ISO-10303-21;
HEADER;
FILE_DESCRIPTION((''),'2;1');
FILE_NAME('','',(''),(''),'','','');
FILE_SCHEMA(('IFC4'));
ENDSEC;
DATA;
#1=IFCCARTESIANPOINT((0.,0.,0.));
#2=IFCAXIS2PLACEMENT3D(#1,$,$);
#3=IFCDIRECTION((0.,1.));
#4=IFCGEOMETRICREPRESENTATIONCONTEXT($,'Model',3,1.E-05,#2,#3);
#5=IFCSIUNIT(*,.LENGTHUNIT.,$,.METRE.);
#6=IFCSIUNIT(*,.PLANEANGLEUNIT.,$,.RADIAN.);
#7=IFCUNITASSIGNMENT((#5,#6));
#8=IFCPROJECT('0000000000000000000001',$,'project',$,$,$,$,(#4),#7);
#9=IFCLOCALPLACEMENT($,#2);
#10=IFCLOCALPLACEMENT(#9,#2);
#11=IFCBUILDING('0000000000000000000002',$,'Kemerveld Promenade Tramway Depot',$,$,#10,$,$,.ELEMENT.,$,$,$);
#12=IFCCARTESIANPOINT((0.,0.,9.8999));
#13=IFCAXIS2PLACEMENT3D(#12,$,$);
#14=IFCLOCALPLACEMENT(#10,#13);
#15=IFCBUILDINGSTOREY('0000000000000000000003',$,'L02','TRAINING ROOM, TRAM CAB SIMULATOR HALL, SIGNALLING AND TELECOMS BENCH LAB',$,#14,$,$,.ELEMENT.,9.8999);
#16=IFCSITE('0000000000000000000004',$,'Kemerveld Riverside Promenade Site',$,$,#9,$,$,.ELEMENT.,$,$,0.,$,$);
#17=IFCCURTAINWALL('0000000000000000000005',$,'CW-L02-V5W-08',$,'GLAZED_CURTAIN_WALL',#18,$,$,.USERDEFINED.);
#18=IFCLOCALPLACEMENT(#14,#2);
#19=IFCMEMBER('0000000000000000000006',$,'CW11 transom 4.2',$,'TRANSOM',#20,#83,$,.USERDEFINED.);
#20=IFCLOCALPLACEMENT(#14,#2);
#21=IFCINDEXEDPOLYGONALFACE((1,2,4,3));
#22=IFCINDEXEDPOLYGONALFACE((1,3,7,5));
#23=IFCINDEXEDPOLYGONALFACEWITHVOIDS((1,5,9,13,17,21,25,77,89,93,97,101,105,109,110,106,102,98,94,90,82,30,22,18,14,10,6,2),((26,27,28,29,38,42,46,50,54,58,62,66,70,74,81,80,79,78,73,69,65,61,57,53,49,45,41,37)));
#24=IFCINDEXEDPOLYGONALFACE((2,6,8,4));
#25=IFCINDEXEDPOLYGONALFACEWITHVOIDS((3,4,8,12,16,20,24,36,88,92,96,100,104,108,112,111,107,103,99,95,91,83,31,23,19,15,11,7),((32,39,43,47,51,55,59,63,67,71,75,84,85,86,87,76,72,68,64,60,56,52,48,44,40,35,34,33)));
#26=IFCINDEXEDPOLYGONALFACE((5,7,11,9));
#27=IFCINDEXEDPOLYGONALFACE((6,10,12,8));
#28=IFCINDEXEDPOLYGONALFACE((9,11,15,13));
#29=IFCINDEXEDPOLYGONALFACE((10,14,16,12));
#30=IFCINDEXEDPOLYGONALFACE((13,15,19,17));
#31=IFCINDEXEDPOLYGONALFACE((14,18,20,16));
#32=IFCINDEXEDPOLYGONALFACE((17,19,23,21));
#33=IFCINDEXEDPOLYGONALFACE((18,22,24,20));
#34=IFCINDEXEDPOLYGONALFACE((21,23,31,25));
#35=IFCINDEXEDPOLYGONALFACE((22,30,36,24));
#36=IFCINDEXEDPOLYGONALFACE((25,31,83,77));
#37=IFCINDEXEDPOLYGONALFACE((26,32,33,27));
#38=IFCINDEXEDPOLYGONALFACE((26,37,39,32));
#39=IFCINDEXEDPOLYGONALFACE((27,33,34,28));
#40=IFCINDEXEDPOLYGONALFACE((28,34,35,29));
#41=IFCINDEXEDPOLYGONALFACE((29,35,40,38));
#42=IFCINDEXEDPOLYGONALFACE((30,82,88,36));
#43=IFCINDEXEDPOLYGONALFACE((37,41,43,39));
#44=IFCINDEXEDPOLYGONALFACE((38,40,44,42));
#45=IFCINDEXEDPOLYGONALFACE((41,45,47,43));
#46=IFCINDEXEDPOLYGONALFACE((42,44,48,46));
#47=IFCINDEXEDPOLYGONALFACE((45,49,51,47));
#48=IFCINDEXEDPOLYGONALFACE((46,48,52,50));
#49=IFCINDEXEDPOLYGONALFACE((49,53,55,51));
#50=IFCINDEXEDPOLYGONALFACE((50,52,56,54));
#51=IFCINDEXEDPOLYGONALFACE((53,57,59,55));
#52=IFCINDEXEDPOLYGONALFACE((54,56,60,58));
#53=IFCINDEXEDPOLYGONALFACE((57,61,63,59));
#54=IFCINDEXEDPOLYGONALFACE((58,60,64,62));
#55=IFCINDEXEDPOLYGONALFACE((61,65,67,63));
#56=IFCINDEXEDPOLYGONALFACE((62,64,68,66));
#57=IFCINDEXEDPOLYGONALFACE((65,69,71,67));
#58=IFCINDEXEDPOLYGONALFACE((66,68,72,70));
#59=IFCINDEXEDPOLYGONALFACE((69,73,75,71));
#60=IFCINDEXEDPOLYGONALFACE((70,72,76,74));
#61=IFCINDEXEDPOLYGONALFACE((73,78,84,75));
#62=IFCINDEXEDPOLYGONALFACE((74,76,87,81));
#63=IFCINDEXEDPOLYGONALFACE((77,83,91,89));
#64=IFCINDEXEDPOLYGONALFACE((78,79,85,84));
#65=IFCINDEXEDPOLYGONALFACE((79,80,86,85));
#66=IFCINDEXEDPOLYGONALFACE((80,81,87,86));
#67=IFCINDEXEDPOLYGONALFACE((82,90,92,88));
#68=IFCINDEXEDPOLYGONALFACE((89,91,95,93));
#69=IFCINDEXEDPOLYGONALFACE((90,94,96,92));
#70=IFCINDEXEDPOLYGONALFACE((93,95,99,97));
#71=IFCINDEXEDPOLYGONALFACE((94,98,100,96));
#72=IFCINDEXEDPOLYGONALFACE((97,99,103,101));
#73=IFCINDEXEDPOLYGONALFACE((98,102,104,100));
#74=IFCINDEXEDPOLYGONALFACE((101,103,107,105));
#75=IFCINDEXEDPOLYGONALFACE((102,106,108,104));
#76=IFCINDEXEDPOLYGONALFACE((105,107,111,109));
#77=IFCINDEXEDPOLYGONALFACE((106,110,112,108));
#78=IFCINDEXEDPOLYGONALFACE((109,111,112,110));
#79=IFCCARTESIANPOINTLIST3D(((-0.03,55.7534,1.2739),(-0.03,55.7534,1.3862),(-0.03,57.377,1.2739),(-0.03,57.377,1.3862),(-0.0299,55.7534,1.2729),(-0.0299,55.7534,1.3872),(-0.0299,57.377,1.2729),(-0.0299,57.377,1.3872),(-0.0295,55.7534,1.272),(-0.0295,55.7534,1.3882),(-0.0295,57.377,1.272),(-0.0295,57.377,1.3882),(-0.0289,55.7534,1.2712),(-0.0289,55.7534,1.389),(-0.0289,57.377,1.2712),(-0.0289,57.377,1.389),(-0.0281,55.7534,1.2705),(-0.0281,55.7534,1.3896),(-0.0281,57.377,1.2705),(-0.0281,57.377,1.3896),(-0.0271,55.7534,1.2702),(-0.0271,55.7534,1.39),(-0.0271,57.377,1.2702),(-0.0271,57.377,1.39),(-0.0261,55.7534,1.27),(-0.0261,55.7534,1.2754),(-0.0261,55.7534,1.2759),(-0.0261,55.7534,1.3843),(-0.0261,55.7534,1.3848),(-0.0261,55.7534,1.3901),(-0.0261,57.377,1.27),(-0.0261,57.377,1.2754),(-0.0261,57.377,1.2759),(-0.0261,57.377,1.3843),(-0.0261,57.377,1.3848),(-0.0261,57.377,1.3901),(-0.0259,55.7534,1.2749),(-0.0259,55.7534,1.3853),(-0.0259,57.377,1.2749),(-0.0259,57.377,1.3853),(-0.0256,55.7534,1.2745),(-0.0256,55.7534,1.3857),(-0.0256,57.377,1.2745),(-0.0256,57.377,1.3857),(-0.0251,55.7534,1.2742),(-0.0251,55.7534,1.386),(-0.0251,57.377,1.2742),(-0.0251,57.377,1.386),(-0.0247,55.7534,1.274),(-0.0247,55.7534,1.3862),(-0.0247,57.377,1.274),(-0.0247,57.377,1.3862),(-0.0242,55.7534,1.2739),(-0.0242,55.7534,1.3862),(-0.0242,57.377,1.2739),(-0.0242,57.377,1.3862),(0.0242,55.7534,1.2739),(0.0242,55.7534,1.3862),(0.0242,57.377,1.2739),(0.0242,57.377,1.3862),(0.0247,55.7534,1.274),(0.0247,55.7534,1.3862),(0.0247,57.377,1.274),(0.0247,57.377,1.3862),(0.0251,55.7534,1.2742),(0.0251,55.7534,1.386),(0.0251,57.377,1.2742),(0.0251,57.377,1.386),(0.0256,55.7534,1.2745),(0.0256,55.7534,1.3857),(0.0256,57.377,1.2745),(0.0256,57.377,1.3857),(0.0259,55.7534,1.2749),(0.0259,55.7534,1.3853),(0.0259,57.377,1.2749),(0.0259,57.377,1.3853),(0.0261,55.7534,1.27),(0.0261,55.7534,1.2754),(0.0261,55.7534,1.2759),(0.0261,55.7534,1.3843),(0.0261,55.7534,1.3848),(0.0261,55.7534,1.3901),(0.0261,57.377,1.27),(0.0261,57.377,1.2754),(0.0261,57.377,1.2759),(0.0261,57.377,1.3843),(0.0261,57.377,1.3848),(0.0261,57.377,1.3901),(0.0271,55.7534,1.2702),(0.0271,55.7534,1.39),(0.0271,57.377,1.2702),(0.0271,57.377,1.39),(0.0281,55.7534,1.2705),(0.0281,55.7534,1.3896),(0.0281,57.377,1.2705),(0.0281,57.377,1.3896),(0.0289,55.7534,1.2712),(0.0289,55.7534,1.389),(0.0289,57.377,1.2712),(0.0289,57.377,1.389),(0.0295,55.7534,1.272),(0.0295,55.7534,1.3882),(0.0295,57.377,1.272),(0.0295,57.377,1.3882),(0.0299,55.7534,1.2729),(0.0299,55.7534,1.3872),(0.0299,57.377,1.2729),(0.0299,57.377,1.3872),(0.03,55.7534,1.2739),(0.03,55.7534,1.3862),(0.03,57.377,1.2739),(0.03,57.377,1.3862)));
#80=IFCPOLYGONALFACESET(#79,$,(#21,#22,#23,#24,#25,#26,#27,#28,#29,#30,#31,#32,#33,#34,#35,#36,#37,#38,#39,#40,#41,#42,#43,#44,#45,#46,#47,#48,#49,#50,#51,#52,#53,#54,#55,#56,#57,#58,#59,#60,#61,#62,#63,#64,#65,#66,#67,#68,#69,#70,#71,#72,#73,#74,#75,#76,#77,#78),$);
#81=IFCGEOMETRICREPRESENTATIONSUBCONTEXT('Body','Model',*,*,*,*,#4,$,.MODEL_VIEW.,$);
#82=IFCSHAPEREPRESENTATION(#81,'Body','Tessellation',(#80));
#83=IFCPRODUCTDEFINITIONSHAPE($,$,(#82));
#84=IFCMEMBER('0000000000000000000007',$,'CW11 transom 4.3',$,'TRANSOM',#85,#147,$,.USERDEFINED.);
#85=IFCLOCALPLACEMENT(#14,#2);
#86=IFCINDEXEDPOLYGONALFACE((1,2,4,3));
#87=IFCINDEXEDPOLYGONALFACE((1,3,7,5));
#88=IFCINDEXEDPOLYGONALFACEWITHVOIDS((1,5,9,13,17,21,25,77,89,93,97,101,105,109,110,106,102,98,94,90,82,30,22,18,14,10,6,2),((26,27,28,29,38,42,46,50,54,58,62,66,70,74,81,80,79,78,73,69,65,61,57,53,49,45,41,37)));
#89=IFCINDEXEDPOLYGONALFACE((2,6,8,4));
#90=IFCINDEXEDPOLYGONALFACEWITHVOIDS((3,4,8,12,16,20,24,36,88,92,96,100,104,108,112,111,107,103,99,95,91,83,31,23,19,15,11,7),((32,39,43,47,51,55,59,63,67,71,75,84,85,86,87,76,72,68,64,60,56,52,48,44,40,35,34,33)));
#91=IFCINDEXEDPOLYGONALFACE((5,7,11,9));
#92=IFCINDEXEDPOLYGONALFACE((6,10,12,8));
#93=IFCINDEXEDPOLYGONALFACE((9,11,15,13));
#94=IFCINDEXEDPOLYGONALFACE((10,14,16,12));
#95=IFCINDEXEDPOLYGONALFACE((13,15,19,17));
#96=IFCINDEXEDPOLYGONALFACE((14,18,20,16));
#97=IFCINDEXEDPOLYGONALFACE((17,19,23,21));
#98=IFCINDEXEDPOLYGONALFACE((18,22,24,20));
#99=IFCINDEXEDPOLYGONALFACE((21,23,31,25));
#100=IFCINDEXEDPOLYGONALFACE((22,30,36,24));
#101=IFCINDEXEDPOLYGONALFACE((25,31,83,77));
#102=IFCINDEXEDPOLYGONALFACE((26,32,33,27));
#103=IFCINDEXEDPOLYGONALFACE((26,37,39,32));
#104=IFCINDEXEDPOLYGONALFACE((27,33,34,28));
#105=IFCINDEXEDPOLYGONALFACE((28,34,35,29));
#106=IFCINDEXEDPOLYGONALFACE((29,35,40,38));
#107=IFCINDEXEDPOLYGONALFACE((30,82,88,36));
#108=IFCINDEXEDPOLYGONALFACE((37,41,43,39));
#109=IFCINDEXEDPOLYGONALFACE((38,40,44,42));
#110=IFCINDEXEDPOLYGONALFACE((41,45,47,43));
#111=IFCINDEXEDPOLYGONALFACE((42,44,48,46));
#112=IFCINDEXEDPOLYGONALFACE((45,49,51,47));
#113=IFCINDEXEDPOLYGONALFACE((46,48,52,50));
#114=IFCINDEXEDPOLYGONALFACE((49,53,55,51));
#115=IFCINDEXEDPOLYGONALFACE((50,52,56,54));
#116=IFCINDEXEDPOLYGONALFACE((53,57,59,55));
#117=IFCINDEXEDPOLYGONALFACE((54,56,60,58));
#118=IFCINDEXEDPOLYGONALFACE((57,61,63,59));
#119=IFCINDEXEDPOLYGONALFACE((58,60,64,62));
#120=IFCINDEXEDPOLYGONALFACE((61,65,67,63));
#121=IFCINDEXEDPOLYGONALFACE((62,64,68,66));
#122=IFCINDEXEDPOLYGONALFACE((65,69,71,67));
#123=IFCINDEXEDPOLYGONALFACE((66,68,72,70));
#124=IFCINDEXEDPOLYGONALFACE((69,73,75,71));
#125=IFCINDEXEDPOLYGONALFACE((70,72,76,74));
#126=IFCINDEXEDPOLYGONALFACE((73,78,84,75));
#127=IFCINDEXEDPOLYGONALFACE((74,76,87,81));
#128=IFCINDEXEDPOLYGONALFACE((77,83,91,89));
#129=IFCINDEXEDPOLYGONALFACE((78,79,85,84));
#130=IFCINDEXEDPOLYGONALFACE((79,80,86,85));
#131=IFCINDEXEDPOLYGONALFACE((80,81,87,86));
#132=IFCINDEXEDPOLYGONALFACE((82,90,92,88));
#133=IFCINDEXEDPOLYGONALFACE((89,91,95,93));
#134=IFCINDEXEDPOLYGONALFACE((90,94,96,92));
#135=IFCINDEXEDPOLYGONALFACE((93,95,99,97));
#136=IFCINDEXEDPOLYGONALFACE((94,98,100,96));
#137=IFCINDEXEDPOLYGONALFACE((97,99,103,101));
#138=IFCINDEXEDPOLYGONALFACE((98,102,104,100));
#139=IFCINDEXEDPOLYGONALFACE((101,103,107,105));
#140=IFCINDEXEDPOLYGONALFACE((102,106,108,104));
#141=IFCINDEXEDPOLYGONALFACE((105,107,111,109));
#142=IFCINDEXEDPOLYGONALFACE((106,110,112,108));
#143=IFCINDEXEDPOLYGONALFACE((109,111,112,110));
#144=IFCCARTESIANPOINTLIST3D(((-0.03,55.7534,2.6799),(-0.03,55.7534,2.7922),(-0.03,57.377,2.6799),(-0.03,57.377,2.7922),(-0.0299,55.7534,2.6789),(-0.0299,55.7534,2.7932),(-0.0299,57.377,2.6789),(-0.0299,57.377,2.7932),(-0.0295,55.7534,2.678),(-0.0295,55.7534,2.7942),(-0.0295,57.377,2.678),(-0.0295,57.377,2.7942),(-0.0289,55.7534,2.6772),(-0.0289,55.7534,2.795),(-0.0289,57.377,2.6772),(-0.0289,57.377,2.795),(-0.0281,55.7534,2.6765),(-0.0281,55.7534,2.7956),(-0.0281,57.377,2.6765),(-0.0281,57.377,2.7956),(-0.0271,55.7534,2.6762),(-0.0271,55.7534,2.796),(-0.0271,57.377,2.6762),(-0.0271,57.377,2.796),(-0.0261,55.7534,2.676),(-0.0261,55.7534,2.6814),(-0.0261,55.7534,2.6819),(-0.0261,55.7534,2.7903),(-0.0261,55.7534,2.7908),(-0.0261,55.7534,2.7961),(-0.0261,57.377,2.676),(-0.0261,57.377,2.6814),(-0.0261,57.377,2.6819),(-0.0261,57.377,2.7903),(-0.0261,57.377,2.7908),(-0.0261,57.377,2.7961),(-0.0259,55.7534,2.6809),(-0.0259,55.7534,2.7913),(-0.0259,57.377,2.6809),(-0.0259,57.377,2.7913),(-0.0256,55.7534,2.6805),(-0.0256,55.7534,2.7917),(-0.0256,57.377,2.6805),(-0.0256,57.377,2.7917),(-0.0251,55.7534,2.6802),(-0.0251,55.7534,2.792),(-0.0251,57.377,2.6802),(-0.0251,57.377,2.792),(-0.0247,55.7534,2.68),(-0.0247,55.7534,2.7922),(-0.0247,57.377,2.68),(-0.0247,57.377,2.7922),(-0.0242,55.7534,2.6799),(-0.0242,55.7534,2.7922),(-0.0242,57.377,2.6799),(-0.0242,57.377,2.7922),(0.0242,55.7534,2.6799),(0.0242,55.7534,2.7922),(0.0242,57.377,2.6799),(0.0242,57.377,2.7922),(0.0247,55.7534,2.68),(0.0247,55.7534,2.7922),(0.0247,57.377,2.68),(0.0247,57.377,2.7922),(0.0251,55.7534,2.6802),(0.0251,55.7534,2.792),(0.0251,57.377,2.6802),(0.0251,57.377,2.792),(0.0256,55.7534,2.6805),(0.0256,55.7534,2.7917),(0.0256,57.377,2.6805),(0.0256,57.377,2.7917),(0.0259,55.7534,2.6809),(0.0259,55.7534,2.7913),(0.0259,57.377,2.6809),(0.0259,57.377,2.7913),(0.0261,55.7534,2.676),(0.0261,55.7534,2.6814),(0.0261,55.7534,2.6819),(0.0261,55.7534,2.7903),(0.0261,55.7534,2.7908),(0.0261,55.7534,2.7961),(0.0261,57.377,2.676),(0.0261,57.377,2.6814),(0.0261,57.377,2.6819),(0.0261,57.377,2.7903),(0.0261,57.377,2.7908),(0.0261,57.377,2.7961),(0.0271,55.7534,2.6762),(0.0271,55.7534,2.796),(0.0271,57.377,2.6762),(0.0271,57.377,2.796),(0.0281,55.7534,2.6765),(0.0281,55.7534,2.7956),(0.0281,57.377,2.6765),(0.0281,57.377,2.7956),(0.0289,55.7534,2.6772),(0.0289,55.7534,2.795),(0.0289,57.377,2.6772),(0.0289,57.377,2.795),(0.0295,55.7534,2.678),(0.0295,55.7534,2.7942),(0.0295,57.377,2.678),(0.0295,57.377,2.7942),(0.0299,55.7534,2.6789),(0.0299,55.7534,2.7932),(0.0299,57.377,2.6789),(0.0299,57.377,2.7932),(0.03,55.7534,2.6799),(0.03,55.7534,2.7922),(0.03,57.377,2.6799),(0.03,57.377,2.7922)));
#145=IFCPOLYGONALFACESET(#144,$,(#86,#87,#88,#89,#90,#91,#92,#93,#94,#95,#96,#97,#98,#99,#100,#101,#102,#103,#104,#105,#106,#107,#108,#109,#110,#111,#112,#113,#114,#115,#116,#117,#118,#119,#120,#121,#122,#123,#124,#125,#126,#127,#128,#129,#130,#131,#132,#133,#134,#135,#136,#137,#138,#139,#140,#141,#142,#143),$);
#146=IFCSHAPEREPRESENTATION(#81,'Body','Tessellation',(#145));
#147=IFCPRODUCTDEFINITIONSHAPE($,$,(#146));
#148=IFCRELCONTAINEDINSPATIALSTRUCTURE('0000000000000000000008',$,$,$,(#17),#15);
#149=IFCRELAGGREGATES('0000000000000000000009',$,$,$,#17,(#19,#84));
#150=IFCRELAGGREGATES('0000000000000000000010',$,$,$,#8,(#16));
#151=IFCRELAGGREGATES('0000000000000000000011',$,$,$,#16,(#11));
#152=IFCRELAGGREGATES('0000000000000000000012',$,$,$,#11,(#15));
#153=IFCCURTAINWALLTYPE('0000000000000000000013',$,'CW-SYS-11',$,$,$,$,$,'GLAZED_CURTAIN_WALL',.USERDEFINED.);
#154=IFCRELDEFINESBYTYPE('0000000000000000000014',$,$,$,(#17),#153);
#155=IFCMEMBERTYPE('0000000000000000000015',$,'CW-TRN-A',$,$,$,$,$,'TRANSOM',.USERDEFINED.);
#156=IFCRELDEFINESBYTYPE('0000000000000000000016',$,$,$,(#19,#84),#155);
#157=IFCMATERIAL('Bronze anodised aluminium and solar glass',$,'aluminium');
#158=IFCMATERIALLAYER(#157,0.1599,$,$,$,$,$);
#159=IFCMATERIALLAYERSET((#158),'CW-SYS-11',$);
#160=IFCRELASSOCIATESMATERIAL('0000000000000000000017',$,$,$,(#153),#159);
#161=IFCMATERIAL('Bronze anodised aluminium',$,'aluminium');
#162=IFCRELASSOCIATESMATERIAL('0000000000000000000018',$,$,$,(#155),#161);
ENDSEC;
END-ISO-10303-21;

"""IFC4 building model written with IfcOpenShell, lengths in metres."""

from ifc_helpers import new_model, si_unit, direction, frame, origin, origin_2d, place, context, subcontext, project, spatial, hollow_rectangle, extrude, material, layer, layer_set, material_profile, profile_set, type_object, element, aggregate, save


model = new_model("IFC4")

# Units and contexts
model_context = context("Model", 3, precision=1e-05, world=origin(), true_north=direction((0.0, 1.0)))
body_context = subcontext(model_context, "Body", "Model", "MODEL_VIEW")
ifc_project = project(units=[si_unit("LENGTHUNIT", "METRE"), si_unit("PLANEANGLEUNIT", "RADIAN")], contexts=[model_context])

# Site, building, storey
site_placement = place(None, origin())
site = spatial("IfcSite", under=ifc_project, at=site_placement, Name="Kemerveld Riverside Promenade Site", CompositionType="ELEMENT", RefElevation=0.0)
building_placement = place(site_placement, origin())
building = spatial("IfcBuilding", under=site, at=building_placement, Name="Kemerveld Promenade Tramway Depot", CompositionType="ELEMENT")
storey_placement = place(building_placement, frame((0.0, 0.0, 9.8999)))
storey = spatial("IfcBuildingStorey", under=building, at=storey_placement, Name="L02", Description="TRAINING ROOM, TRAM CAB SIMULATOR HALL, SIGNALLING AND TELECOMS BENCH LAB", CompositionType="ELEMENT", Elevation=9.8999)

# Curtain wall, members
ifc_material_1 = material(Name="Bronze anodised aluminium and solar glass", Category="aluminium")
ifc_layer_1 = layer(ifc_material_1, 0.1599)
ifc_layer_set_1 = layer_set([ifc_layer_1], Name="CW-SYS-11")
curtain_wall_type = type_object("IfcCurtainWallType", Name="CW-SYS-11", ElementType="GLAZED_CURTAIN_WALL", PredefinedType="USERDEFINED", material=ifc_layer_set_1)
curtain_wall_placement = place(storey_placement, origin())
curtain_wall = element("IfcCurtainWall", 1, at=curtain_wall_placement, inside=storey, type_object=curtain_wall_type, Name="CW-L02-V5W-08", ObjectType="GLAZED_CURTAIN_WALL", PredefinedType="USERDEFINED")
ifc_material_2 = material(Name="Bronze anodised aluminium", Category="aluminium")
ifc_material_profile_1 = material_profile(ifc_material_2, hollow_rectangle(XDim=0.0601, YDim=0.1201, WallThickness=0.0039, InnerFilletRadius=0.002, OuterFilletRadius=0.0039, at=origin_2d()), Name="CW-TRN-120x60")
ifc_profile_set_1 = profile_set([ifc_material_profile_1], Name="Bronze anodised aluminium")
member_type_1 = type_object("IfcMemberType", Name="CW-TRN-A", ElementType="TRANSOM", PredefinedType="USERDEFINED", material=ifc_profile_set_1)
member_1_placement = place(storey_placement, frame((0.0, 55.7534, 1.3301), z_axis=(0.0, 1.0, 0.0), x_axis=(-1.0, 0.0, 0.0)))
member_1 = element("IfcMember", 2, at=member_1_placement, type_object=member_type_1, Name="CW11 transom 4.2", ObjectType="TRANSOM", PredefinedType="USERDEFINED", context=body_context, shape_type="SweptSolid", body=[
    extrude(hollow_rectangle(XDim=0.0601, YDim=0.1201, WallThickness=0.0039, InnerFilletRadius=0.002, OuterFilletRadius=0.0039, at=origin_2d()), origin(), (0.0, 0.0, 1.0), 1.6235),
])
member_2_placement = place(storey_placement, frame((0.0, 55.7534, 2.7361), z_axis=(0.0, 1.0, 0.0), x_axis=(-1.0, 0.0, 0.0)))
member_2 = element("IfcMember", 3, at=member_2_placement, type_object=member_type_1, Name="CW11 transom 4.3", ObjectType="TRANSOM", PredefinedType="USERDEFINED", context=body_context, shape_type="SweptSolid", body=[
    extrude(hollow_rectangle(XDim=0.0601, YDim=0.1201, WallThickness=0.0039, InnerFilletRadius=0.002, OuterFilletRadius=0.0039, at=origin_2d()), origin(), (0.0, 0.0, 1.0), 1.6235),
])
aggregate(curtain_wall, [member_1, member_2])

save(model, "model.ifc")
